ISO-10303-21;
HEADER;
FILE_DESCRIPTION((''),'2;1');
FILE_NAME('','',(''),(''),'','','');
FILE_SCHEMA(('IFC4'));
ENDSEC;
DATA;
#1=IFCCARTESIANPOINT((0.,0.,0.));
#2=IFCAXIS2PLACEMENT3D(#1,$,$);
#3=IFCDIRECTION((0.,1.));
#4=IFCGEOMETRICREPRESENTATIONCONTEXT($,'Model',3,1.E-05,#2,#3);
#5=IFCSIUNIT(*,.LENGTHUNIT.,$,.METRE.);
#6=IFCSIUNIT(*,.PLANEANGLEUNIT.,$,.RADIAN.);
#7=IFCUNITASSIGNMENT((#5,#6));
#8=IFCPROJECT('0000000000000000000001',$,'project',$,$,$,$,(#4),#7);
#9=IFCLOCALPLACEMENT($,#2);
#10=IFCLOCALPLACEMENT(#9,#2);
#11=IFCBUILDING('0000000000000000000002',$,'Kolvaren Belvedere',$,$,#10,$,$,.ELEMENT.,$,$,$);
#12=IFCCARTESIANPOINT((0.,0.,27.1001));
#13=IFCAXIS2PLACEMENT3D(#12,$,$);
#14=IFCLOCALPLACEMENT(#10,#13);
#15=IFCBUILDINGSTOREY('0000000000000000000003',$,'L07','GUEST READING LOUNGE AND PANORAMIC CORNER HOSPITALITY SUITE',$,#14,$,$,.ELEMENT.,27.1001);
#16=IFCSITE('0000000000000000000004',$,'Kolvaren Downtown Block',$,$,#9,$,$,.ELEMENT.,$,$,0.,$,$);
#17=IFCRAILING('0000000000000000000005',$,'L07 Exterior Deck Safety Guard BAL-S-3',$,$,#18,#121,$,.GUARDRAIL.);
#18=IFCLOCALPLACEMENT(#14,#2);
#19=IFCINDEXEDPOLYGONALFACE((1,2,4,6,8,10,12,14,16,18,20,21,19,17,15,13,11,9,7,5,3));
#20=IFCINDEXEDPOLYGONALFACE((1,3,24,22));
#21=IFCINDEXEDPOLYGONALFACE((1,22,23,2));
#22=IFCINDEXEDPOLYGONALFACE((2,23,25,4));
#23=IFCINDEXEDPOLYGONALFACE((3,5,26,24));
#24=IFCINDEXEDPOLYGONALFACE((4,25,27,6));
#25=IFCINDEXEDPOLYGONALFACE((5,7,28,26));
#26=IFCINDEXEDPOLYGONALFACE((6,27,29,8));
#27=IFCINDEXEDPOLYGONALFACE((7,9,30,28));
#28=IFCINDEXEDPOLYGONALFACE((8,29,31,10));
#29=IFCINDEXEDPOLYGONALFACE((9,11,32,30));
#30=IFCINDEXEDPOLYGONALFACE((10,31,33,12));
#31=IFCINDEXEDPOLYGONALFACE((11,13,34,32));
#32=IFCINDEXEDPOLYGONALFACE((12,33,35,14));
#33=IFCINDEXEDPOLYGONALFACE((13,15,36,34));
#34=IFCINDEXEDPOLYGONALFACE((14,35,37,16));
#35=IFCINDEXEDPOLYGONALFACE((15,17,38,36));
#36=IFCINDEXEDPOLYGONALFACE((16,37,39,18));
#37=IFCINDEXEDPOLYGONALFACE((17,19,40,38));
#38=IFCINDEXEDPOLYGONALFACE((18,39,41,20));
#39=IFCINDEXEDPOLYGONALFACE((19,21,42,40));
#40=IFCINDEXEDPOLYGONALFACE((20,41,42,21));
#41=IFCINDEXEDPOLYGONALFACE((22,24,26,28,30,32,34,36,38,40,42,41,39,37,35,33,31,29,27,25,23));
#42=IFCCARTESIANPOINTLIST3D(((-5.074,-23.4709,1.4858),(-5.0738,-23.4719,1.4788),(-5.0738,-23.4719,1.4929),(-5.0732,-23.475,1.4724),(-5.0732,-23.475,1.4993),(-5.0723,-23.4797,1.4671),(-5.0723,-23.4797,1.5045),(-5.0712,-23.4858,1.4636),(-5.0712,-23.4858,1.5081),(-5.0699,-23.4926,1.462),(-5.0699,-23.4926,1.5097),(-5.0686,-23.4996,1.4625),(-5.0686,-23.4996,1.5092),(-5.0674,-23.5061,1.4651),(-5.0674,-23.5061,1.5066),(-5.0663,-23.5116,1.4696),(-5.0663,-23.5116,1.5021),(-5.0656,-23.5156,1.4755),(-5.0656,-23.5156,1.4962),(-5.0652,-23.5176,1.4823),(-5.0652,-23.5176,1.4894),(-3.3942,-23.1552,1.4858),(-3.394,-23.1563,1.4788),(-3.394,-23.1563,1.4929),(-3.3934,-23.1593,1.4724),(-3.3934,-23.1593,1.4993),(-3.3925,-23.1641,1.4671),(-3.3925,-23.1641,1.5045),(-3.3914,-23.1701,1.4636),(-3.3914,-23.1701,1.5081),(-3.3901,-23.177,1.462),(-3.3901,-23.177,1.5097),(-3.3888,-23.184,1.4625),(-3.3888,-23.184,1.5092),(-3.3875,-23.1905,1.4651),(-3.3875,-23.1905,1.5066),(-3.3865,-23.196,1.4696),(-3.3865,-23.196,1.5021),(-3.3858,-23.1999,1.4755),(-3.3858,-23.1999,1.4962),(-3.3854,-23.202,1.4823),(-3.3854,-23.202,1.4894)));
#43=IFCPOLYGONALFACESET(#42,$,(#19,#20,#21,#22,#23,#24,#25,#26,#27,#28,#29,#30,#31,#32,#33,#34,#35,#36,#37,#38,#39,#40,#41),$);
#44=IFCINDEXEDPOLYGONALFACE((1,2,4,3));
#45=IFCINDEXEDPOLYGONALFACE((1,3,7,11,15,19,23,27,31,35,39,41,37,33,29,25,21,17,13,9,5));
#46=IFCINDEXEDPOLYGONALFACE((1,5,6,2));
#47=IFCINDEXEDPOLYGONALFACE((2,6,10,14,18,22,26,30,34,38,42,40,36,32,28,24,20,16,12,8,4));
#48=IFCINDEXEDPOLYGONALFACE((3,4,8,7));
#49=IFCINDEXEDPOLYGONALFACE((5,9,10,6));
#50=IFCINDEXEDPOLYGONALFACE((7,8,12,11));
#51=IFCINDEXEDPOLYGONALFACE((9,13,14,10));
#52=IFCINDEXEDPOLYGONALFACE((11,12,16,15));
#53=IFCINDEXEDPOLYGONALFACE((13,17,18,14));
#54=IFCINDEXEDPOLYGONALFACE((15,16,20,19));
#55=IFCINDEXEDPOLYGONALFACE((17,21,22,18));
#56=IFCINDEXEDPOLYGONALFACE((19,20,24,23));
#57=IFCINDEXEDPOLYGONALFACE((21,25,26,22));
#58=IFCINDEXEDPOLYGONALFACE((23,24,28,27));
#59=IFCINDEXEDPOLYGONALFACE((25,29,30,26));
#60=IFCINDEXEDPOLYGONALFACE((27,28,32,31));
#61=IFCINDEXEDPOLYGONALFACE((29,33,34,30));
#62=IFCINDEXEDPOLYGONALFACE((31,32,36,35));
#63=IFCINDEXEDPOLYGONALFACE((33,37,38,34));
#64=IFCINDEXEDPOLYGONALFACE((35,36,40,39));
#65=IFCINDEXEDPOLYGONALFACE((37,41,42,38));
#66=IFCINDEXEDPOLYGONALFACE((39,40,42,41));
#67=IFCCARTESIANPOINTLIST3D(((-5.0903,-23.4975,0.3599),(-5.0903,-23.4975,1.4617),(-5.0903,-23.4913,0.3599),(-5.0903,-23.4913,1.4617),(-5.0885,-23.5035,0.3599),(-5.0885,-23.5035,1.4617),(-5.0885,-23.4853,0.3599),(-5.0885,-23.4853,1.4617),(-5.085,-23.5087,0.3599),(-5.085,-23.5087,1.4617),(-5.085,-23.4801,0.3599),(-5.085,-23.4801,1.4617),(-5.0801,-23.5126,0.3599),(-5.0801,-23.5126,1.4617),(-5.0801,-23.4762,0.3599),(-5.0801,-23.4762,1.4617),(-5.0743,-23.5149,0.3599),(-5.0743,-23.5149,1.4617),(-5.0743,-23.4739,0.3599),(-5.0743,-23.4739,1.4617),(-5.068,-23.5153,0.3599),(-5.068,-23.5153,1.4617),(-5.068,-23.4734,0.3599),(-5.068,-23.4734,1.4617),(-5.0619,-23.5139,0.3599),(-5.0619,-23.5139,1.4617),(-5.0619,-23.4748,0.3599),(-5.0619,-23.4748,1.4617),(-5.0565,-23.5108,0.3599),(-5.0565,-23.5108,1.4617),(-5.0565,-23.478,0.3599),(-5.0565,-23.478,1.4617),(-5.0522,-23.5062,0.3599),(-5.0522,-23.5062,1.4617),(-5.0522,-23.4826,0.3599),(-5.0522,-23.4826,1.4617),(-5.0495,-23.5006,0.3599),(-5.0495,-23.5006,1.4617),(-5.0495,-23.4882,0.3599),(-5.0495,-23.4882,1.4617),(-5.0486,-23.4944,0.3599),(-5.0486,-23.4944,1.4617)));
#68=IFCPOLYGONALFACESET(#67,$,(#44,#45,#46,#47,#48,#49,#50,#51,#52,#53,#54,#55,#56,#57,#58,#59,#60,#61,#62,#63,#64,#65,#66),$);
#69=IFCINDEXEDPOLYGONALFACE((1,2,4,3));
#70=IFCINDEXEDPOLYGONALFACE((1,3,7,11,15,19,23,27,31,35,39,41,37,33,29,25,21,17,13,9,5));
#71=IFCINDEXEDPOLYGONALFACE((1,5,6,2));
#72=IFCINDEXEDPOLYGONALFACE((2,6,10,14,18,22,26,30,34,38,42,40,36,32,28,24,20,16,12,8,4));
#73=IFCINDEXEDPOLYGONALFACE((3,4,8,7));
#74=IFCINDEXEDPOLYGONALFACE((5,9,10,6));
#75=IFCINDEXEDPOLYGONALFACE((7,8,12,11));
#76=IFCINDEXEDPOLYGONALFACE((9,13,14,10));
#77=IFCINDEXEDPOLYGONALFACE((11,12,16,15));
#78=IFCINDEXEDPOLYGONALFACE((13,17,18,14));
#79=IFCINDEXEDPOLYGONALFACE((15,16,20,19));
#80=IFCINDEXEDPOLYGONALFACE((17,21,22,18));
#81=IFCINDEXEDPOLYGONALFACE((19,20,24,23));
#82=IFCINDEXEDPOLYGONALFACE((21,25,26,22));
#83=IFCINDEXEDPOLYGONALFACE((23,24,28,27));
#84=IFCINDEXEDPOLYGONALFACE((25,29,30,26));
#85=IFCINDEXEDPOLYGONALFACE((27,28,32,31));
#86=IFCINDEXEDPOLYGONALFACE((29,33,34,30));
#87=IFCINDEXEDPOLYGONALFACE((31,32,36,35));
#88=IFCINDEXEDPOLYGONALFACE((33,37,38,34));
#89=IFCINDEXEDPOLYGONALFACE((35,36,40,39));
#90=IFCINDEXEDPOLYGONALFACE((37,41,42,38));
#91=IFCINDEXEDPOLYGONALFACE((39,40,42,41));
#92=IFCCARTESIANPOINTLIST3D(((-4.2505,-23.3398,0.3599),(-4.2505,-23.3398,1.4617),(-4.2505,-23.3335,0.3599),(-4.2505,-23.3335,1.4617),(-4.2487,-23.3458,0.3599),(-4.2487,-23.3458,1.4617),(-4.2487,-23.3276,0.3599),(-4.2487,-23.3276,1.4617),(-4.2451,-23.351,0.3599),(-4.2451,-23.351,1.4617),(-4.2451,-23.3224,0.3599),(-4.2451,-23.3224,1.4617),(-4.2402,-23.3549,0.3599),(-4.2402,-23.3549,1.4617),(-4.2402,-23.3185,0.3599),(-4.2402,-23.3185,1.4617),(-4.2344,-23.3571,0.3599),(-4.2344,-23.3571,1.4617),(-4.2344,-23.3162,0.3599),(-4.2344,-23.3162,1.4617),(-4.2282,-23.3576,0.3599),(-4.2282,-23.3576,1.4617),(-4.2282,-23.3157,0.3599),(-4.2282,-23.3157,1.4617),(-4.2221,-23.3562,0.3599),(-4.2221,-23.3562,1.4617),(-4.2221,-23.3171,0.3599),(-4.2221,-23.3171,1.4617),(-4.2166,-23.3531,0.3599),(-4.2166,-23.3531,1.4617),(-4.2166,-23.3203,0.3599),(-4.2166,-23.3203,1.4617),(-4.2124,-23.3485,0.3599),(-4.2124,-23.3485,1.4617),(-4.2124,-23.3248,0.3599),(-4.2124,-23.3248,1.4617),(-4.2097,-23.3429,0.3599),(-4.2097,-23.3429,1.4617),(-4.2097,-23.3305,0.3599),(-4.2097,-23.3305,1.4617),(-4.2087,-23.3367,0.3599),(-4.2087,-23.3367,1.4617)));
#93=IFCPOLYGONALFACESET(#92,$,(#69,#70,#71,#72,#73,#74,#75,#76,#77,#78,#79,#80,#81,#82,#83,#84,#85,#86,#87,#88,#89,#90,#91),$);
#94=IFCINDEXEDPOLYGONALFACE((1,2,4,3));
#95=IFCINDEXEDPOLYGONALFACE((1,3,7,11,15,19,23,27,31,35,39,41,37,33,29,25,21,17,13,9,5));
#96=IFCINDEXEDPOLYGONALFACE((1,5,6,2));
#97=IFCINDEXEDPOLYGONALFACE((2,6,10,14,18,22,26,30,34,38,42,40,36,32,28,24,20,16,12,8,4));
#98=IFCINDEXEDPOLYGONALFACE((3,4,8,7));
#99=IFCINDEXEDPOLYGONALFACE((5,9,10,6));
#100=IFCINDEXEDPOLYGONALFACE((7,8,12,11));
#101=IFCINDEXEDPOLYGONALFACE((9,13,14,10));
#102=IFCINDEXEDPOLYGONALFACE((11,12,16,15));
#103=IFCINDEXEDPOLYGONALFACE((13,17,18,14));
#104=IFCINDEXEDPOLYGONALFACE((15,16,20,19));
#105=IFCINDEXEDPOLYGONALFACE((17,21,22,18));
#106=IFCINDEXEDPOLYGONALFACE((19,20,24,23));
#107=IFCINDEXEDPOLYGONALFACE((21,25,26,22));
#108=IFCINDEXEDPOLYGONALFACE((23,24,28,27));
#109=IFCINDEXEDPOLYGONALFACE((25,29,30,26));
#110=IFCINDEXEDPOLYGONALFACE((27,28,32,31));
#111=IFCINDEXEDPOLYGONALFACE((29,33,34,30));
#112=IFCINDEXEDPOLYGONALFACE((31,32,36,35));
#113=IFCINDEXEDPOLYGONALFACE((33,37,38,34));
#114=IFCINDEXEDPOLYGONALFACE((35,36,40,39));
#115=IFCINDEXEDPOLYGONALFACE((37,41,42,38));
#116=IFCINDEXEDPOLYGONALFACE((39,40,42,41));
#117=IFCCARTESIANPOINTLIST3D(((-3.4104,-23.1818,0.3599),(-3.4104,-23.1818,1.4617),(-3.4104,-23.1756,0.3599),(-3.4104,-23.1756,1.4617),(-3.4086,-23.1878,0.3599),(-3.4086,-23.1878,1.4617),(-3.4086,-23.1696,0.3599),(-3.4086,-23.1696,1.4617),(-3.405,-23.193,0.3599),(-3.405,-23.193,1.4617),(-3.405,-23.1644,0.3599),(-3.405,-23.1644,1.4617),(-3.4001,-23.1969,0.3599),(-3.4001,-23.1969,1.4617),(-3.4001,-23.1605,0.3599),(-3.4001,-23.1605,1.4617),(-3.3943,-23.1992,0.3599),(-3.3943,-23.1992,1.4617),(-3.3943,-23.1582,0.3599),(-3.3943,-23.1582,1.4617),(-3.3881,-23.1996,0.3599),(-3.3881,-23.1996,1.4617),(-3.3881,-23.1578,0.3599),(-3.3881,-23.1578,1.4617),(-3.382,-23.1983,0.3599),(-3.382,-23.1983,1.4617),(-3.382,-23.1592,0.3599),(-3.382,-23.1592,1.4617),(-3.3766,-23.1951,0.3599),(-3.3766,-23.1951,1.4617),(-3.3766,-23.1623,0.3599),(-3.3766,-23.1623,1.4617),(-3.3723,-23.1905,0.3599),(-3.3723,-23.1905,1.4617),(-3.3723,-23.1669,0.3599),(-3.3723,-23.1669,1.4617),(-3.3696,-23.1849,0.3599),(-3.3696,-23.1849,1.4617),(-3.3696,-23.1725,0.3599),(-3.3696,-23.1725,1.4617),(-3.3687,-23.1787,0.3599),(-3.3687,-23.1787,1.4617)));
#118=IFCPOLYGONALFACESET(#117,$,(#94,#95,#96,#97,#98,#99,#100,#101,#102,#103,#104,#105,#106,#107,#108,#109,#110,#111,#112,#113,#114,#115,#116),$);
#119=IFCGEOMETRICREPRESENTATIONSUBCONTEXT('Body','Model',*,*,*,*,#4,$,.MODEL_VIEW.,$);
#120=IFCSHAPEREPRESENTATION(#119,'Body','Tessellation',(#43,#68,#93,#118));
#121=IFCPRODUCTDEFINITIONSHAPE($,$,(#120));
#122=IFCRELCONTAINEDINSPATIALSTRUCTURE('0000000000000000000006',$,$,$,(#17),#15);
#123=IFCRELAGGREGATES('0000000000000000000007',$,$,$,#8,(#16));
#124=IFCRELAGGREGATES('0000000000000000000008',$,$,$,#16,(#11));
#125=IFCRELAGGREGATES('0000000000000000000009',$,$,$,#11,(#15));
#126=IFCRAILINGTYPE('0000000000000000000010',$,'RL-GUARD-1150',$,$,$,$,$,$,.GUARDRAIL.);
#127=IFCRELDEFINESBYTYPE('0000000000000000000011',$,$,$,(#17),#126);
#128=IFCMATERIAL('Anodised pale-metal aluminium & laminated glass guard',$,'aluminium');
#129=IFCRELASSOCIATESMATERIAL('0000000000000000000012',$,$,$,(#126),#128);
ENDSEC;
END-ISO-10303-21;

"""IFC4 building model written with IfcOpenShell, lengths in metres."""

from ifc_helpers import new_model, si_unit, direction, frame, origin, origin_2d, place, context, subcontext, project, spatial, circle, extrude, material, type_object, element, save


model = new_model("IFC4")

# Units and contexts
model_context = context("Model", 3, precision=1e-05, world=origin(), true_north=direction((0.0, 1.0)))
body_context = subcontext(model_context, "Body", "Model", "MODEL_VIEW")
ifc_project = project(units=[si_unit("LENGTHUNIT", "METRE"), si_unit("PLANEANGLEUNIT", "RADIAN")], contexts=[model_context])

# Site, building, storey
site_placement = place(None, origin())
site = spatial("IfcSite", under=ifc_project, at=site_placement, Name="Kolvaren Downtown Block", CompositionType="ELEMENT", RefElevation=0.0)
building_placement = place(site_placement, origin())
building = spatial("IfcBuilding", under=site, at=building_placement, Name="Kolvaren Belvedere", CompositionType="ELEMENT")
storey_placement = place(building_placement, frame((0.0, 0.0, 27.1001)))
storey = spatial("IfcBuildingStorey", under=building, at=storey_placement, Name="L07", Description="GUEST READING LOUNGE AND PANORAMIC CORNER HOSPITALITY SUITE", CompositionType="ELEMENT", Elevation=27.1001)

# Railing
ifc_material_1 = material(Name="Anodised pale-metal aluminium & laminated glass guard", Category="aluminium")
railing_type = type_object("IfcRailingType", Name="RL-GUARD-1150", PredefinedType="GUARDRAIL", material=ifc_material_1)
railing_1_placement = place(storey_placement, frame((-5.0696, -23.4944, 0.3599)))
element("IfcRailing", 1, at=railing_1_placement, inside=storey, type_object=railing_type, Name="L07 Exterior Deck Safety Guard BAL-S-3", PredefinedType="GUARDRAIL", context=body_context, shape_type="SweptSolid", body=[
    extrude(circle(Radius=0.0239, at=origin_2d()), frame((0.0, 0.0, 1.126), z_axis=(0.982799, 0.184677, 0.0), x_axis=(-0.184677, 0.982799, 0.0)), (0.0, 0.0, 1.0), 1.7092),
    extrude(circle(Radius=0.021, at=origin_2d()), origin(), (0.0, 0.0, 1.0), 1.1018),
    extrude(circle(Radius=0.021, at=origin_2d()), frame((0.8398, 0.1577, 0.0)), (0.0, 0.0, 1.0), 1.1018),
    extrude(circle(Radius=0.021, at=origin_2d()), frame((1.6799, 0.3157, 0.0)), (0.0, 0.0, 1.0), 1.1018),
])

save(model, "model.ifc")
